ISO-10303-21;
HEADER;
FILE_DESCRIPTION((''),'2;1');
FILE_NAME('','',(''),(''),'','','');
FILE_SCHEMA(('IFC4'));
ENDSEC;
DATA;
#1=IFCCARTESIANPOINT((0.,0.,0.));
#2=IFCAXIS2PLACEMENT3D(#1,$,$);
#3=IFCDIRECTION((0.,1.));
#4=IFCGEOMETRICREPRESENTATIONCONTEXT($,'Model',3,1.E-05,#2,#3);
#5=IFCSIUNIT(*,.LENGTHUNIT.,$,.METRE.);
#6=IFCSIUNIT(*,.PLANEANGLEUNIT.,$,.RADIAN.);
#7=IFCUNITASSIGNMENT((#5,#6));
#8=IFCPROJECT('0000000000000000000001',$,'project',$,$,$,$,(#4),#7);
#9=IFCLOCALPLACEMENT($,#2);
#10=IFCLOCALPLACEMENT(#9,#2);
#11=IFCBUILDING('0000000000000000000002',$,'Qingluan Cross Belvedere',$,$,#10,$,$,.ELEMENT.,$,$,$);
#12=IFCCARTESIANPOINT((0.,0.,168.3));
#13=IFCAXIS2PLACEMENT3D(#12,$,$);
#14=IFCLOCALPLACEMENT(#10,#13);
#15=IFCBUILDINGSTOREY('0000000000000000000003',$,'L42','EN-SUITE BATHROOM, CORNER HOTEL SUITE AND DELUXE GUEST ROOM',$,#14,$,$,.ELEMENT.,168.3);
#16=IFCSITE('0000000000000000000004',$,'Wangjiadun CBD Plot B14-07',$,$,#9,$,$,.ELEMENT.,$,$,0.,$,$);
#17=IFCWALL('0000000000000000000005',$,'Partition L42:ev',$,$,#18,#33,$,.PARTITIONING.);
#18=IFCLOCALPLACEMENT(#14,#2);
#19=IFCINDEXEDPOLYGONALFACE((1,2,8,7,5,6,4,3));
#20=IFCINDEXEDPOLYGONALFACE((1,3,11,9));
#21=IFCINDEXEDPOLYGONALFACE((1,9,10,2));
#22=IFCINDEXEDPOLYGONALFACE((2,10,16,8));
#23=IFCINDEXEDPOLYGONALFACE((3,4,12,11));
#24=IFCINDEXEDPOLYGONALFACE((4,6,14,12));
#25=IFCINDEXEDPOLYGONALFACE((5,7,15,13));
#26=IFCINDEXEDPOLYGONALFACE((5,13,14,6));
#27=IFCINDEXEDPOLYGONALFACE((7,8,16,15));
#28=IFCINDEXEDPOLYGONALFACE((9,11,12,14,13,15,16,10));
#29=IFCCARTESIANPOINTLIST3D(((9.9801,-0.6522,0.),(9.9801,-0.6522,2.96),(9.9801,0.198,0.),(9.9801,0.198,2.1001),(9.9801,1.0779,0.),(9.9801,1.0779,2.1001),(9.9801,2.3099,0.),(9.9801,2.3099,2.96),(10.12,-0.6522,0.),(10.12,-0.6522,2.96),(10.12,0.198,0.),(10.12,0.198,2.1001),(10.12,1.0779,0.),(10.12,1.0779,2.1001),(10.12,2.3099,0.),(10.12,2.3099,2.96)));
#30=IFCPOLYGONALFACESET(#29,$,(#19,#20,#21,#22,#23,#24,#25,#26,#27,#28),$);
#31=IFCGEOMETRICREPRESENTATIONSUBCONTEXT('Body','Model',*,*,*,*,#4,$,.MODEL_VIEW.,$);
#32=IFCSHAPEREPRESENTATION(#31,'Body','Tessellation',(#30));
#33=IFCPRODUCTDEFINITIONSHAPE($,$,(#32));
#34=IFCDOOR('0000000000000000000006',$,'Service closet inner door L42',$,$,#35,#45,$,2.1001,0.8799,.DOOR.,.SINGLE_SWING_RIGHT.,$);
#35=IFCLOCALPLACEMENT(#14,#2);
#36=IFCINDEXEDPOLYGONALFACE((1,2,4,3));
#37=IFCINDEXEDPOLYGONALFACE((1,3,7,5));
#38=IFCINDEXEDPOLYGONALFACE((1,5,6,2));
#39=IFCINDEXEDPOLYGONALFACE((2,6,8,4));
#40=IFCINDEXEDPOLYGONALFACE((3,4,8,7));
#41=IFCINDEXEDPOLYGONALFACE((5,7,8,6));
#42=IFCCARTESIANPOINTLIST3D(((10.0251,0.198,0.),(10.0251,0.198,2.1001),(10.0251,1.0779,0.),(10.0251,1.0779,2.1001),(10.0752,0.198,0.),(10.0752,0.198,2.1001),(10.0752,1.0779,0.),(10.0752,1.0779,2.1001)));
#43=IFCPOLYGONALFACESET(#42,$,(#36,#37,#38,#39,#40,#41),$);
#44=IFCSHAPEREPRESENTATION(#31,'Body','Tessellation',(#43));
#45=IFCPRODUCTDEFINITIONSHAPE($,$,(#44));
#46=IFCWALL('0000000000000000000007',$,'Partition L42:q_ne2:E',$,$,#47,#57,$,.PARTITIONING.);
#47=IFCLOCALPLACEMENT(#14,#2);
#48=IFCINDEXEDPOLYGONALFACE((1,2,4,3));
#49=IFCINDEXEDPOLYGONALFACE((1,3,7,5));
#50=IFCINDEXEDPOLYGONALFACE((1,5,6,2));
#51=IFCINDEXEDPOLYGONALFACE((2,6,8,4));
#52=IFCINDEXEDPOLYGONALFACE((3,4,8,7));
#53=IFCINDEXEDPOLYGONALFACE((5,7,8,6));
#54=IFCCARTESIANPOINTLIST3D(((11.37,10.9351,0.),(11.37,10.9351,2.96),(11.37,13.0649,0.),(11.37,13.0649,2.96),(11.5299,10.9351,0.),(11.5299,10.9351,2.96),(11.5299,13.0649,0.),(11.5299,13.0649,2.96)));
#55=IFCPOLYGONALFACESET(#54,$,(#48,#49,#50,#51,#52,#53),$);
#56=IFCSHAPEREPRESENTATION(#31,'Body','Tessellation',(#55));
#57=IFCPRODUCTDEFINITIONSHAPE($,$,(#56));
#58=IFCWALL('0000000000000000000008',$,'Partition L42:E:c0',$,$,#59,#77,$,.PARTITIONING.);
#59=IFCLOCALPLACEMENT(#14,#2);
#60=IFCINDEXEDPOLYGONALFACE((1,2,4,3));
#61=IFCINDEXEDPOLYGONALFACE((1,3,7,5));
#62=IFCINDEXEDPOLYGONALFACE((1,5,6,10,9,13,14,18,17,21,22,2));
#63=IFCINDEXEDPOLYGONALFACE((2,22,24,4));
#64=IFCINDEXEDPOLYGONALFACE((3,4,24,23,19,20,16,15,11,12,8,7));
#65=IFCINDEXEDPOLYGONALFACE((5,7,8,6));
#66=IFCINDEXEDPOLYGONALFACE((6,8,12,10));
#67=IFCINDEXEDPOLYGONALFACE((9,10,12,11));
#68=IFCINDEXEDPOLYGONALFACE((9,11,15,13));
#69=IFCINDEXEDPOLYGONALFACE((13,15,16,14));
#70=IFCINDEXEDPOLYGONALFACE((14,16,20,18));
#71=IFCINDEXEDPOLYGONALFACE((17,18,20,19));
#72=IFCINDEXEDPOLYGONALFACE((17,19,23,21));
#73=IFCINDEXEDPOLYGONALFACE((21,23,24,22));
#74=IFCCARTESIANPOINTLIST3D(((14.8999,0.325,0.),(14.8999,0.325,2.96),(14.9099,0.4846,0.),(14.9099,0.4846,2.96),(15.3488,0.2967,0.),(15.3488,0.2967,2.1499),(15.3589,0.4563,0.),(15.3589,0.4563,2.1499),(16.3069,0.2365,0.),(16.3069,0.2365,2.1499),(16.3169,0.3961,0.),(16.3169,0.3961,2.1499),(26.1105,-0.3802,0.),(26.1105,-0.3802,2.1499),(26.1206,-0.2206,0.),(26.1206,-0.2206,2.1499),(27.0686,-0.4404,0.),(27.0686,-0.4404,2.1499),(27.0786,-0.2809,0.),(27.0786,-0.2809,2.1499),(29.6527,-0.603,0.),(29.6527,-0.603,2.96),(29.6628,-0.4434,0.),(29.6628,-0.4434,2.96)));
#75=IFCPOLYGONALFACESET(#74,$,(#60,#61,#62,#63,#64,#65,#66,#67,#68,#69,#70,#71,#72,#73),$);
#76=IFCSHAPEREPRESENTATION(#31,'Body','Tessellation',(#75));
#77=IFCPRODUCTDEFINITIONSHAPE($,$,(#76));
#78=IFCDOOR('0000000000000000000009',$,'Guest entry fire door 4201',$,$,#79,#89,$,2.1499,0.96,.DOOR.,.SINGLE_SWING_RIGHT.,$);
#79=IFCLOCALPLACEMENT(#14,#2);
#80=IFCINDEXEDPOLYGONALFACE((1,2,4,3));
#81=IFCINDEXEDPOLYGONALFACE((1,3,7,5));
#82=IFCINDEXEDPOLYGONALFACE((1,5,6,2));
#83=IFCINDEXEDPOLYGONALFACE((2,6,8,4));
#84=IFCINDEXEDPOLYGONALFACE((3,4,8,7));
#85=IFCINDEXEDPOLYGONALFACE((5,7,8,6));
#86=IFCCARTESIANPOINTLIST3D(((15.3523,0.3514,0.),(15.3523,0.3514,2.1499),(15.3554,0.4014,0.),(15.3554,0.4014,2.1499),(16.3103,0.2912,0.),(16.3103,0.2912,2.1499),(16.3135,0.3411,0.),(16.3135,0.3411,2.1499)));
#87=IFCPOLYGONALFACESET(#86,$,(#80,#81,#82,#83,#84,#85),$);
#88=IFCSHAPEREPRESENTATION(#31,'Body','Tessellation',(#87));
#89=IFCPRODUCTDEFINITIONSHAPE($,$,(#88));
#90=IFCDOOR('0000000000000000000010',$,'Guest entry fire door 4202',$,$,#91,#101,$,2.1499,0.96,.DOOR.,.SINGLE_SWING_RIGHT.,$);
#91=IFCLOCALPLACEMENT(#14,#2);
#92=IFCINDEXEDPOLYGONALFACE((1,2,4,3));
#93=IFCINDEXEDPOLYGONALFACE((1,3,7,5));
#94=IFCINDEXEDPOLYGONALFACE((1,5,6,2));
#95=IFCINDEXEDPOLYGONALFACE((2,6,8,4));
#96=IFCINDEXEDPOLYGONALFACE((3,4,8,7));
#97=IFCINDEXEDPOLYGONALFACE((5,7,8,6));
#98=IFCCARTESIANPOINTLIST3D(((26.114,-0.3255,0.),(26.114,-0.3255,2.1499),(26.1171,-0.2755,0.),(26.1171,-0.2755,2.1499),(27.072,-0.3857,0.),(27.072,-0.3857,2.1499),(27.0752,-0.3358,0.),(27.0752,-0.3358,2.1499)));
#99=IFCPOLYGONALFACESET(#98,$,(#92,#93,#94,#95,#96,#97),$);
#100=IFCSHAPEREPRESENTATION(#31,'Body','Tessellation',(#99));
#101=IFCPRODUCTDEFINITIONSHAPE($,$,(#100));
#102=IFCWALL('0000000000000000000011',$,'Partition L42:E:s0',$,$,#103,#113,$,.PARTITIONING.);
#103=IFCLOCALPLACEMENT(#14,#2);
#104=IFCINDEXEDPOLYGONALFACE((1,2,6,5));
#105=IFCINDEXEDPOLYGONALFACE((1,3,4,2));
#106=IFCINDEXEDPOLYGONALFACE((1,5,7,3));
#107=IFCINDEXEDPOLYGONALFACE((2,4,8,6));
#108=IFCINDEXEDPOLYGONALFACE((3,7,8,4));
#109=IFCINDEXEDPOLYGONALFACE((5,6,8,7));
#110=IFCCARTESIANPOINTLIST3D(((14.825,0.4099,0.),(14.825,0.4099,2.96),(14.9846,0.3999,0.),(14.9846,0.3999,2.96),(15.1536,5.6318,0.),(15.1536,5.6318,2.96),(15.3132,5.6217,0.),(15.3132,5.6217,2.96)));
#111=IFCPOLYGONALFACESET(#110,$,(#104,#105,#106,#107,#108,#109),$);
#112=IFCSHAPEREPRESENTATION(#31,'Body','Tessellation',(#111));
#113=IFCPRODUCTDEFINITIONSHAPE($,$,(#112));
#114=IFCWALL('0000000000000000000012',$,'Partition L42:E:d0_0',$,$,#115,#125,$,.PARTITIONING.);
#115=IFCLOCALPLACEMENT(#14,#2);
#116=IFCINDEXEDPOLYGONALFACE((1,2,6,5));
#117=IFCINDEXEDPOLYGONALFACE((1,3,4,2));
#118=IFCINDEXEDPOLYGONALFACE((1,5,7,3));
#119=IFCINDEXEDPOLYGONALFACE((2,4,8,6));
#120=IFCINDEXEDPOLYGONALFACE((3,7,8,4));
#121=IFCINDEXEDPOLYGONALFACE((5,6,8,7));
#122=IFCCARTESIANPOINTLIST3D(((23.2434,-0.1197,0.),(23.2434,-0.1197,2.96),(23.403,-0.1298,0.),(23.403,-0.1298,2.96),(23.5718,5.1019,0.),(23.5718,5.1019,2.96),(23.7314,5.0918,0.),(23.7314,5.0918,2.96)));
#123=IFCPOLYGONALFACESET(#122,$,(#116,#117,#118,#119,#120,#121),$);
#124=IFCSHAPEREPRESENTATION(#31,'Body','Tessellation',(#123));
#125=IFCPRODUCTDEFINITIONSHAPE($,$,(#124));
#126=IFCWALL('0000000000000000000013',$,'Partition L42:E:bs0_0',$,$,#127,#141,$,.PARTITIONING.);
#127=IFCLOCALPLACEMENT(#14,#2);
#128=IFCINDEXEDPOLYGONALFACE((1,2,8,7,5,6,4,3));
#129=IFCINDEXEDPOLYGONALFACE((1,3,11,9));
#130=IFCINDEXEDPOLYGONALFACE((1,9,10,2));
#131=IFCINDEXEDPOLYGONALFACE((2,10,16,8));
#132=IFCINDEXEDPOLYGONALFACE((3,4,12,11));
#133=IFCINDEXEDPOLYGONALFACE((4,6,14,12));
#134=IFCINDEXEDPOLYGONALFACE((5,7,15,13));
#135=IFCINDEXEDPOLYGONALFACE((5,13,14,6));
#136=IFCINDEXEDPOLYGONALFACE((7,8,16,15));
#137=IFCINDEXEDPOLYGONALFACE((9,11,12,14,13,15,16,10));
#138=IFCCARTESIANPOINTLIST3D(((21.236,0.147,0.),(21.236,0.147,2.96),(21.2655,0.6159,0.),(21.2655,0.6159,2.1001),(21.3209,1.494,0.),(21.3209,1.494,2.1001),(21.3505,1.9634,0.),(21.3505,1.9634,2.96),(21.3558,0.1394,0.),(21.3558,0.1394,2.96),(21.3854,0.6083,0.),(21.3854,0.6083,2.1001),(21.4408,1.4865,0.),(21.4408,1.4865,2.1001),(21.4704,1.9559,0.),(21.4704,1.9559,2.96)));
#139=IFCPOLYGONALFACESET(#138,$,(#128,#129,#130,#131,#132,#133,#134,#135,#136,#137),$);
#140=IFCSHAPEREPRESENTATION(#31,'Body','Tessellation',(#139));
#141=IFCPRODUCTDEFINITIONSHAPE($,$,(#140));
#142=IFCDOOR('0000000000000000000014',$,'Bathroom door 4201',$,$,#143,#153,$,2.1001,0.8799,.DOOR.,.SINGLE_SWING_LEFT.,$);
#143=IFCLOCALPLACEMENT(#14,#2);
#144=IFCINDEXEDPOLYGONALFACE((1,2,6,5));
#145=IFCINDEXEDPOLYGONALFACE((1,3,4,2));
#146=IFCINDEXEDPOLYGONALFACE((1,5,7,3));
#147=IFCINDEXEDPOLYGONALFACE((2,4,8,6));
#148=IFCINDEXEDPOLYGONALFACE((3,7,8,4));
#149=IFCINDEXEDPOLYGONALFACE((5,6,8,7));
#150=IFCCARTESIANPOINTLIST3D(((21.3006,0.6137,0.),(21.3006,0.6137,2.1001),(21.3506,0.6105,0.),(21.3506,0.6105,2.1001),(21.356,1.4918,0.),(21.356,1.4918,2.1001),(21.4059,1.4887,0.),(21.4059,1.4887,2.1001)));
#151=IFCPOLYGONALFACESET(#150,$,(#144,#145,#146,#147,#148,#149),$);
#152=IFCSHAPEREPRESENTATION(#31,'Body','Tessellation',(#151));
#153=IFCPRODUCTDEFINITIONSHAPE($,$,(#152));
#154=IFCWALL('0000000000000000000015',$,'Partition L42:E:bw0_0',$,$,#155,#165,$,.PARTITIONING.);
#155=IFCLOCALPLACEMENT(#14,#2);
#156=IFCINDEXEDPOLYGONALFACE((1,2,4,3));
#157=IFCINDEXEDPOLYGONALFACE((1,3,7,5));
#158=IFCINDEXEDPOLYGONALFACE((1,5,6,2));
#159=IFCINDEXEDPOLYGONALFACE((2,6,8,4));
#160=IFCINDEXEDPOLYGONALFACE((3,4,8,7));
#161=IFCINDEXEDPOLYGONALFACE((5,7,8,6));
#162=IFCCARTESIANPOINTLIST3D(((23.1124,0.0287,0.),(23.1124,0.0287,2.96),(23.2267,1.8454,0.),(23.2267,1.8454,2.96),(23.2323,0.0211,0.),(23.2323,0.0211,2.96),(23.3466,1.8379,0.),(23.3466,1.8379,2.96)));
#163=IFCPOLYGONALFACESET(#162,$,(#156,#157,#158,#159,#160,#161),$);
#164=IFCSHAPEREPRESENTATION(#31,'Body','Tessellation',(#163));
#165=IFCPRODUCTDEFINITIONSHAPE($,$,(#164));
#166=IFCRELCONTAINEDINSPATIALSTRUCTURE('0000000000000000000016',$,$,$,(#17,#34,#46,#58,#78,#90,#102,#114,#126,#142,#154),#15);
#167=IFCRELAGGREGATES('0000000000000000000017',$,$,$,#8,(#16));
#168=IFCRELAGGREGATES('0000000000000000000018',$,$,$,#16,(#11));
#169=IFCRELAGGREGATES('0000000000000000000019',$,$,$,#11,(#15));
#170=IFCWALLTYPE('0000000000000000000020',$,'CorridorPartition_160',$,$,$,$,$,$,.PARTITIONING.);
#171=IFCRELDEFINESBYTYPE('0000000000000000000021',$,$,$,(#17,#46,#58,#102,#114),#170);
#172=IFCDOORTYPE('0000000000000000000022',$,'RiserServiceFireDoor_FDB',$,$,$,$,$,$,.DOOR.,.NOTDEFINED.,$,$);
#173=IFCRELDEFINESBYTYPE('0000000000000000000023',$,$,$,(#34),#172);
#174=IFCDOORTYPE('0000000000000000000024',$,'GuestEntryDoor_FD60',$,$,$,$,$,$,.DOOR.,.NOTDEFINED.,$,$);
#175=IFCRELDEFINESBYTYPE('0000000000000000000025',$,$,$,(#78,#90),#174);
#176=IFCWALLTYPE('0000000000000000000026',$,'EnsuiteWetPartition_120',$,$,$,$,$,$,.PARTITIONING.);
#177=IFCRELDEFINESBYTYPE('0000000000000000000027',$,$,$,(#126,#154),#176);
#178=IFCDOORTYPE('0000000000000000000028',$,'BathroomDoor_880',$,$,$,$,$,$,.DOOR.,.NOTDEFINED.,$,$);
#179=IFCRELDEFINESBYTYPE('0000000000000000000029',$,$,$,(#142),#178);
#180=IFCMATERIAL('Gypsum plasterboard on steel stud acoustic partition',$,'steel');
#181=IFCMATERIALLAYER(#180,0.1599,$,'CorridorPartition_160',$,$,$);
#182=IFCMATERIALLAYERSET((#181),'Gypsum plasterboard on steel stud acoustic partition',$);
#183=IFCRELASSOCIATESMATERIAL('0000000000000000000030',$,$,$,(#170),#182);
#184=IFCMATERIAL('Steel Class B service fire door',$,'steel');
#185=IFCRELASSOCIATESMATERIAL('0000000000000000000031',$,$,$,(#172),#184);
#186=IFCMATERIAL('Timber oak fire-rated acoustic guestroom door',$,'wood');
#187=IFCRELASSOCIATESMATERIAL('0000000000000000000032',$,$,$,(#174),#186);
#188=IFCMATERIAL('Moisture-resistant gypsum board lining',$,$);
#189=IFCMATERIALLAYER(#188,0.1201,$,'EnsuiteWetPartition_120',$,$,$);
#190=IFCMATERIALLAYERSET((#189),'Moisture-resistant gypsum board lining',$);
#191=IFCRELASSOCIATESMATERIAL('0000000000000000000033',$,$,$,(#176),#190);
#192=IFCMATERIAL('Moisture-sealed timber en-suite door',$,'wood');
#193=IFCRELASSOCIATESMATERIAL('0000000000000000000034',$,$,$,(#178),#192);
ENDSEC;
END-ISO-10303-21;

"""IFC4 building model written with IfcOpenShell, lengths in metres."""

from ifc_helpers import new_model, si_unit, direction, frame, frame_2d, origin, place, context, subcontext, project, spatial, rectangle, extrude, material, layer, layer_set, type_object, element, fill, save


model = new_model("IFC4")

# Units and contexts
model_context = context("Model", 3, precision=1e-05, world=origin(), true_north=direction((0.0, 1.0)))
body_context = subcontext(model_context, "Body", "Model", "MODEL_VIEW")
ifc_project = project(units=[si_unit("LENGTHUNIT", "METRE"), si_unit("PLANEANGLEUNIT", "RADIAN")], contexts=[model_context])

# Site, building, storey
site_placement = place(None, origin())
site = spatial("IfcSite", under=ifc_project, at=site_placement, Name="Wangjiadun CBD Plot B14-07", CompositionType="ELEMENT", RefElevation=0.0)
building_placement = place(site_placement, origin())
building = spatial("IfcBuilding", under=site, at=building_placement, Name="Qingluan Cross Belvedere", CompositionType="ELEMENT")
storey_placement = place(building_placement, frame((0.0, 0.0, 168.3)))
storey = spatial("IfcBuildingStorey", under=building, at=storey_placement, Name="L42", Description="EN-SUITE BATHROOM, CORNER HOTEL SUITE AND DELUXE GUEST ROOM", CompositionType="ELEMENT", Elevation=168.3)

# Wall, opening, door
ifc_material_1 = material(Name="Gypsum plasterboard on steel stud acoustic partition", Category="steel")
ifc_layer_1 = layer(ifc_material_1, 0.1599, Name="CorridorPartition_160")
ifc_layer_set_1 = layer_set([ifc_layer_1], Name="Gypsum plasterboard on steel stud acoustic partition")
wall_type_1 = type_object("IfcWallType", Name="CorridorPartition_160", PredefinedType="PARTITIONING", material=ifc_layer_set_1)
wall_1_placement = place(storey_placement, frame((10.05, -0.6521, 0.0), z_axis=(0.0, 0.0, 1.0), x_axis=(0.0, 1.0, 0.0)))
wall_1 = element("IfcWall", 1, at=wall_1_placement, inside=storey, type_object=wall_type_1, Name="Partition L42:ev", PredefinedType="PARTITIONING", context=body_context, shape_type="SweptSolid", body=[
    extrude(rectangle(XDim=2.9622, YDim=0.1399, at=frame_2d((1.481, 0.0))), origin(), (0.0, 0.0, 1.0), 2.96),
])
opening_1_placement = place(wall_1_placement, frame((0.8501, 0.0, 0.0)))
opening_1 = element("IfcOpeningElement", 2, at=opening_1_placement, cuts=wall_1, PredefinedType="OPENING", context=body_context, shape_type="SweptSolid", body=[
    extrude(rectangle(XDim=0.8799, YDim=2.1001, at=frame_2d((0.4399, 1.05))), frame((0.0, 0.0798, 0.0), z_axis=(0.0, -1.0, 0.0), x_axis=(1.0, 0.0, 0.0)), (0.0, 0.0, 1.0), 0.1599),
])
ifc_material_2 = material(Name="Steel Class B service fire door", Category="steel")
door_type_1 = type_object("IfcDoorType", Name="RiserServiceFireDoor_FDB", OperationType="NOTDEFINED", PredefinedType="DOOR", material=ifc_material_2)
door_1_placement = place(opening_1_placement, origin())
door_1 = element("IfcDoor", 3, at=door_1_placement, inside=storey, type_object=door_type_1, Name="Service closet inner door L42", OperationType="SINGLE_SWING_RIGHT", OverallHeight=2.1001, OverallWidth=0.8799, PredefinedType="DOOR", context=body_context, shape_type="SweptSolid", body=[
    extrude(rectangle(XDim=0.8799, YDim=2.1001, at=frame_2d((0.4399, 1.05))), frame((0.0, 0.0249, 0.0), z_axis=(0.0, -1.0, 0.0), x_axis=(1.0, 0.0, 0.0)), (0.0, 0.0, 1.0), 0.05),
])
fill(opening_1, door_1)

# Wall
wall_2_placement = place(storey_placement, frame((11.45, 10.9351, 0.0), z_axis=(0.0, 0.0, 1.0), x_axis=(0.0, 1.0, 0.0)))
element("IfcWall", 4, at=wall_2_placement, inside=storey, type_object=wall_type_1, Name="Partition L42:q_ne2:E", PredefinedType="PARTITIONING", context=body_context, shape_type="SweptSolid", body=[
    extrude(rectangle(XDim=2.1299, YDim=0.1599, at=frame_2d((1.0649, 0.0))), origin(), (0.0, 0.0, 1.0), 2.96),
])

# Wall, openings, doors
wall_3_placement = place(storey_placement, frame((14.9048, 0.4048, 0.0), z_axis=(0.0, 0.0, 1.0), x_axis=(0.998028, -0.062777, 0.0)))
wall_3 = element("IfcWall", 5, at=wall_3_placement, inside=storey, type_object=wall_type_1, Name="Partition L42:E:c0", PredefinedType="PARTITIONING", context=body_context, shape_type="SweptSolid", body=[
    extrude(rectangle(XDim=14.782, YDim=0.1599, at=frame_2d((7.3911, 0.0))), origin(), (0.0, 0.0, 1.0), 2.96),
])
opening_2_placement = place(wall_3_placement, frame((0.45, 0.0, 0.0)))
opening_2 = element("IfcOpeningElement", 6, at=opening_2_placement, cuts=wall_3, PredefinedType="OPENING", context=body_context, shape_type="SweptSolid", body=[
    extrude(rectangle(XDim=0.96, YDim=2.1499, at=frame_2d((0.48, 1.075))), frame((0.0, 0.0898, 0.0), z_axis=(0.0, -1.0, 0.0), x_axis=(1.0, 0.0, 0.0)), (0.0, 0.0, 1.0), 0.1799),
])
opening_3_placement = place(wall_3_placement, frame((11.2329, 0.0, 0.0)))
opening_3 = element("IfcOpeningElement", 7, at=opening_3_placement, cuts=wall_3, PredefinedType="OPENING", context=body_context, shape_type="SweptSolid", body=[
    extrude(rectangle(XDim=0.96, YDim=2.1499, at=frame_2d((0.48, 1.075))), frame((0.0, 0.0898, 0.0), z_axis=(0.0, -1.0, 0.0), x_axis=(1.0, 0.0, 0.0)), (0.0, 0.0, 1.0), 0.1799),
])
ifc_material_3 = material(Name="Timber oak fire-rated acoustic guestroom door", Category="wood")
door_type_2 = type_object("IfcDoorType", Name="GuestEntryDoor_FD60", OperationType="NOTDEFINED", PredefinedType="DOOR", material=ifc_material_3)
door_2_placement = place(opening_2_placement, origin())
door_2 = element("IfcDoor", 8, at=door_2_placement, inside=storey, type_object=door_type_2, Name="Guest entry fire door 4201", OperationType="SINGLE_SWING_RIGHT", OverallHeight=2.1499, OverallWidth=0.96, PredefinedType="DOOR", context=body_context, shape_type="SweptSolid", body=[
    extrude(rectangle(XDim=0.96, YDim=2.1499, at=frame_2d((0.48, 1.075))), frame((0.0, 0.0249, 0.0), z_axis=(0.0, -1.0, 0.0), x_axis=(1.0, 0.0, 0.0)), (0.0, 0.0, 1.0), 0.05),
])
fill(opening_2, door_2)
door_3_placement = place(opening_3_placement, origin())
door_3 = element("IfcDoor", 9, at=door_3_placement, inside=storey, type_object=door_type_2, Name="Guest entry fire door 4202", OperationType="SINGLE_SWING_RIGHT", OverallHeight=2.1499, OverallWidth=0.96, PredefinedType="DOOR", context=body_context, shape_type="SweptSolid", body=[
    extrude(rectangle(XDim=0.96, YDim=2.1499, at=frame_2d((0.48, 1.075))), frame((0.0, 0.0249, 0.0), z_axis=(0.0, -1.0, 0.0), x_axis=(1.0, 0.0, 0.0)), (0.0, 0.0, 1.0), 0.05),
])
fill(opening_3, door_3)

# Walls
wall_4_placement = place(storey_placement, frame((14.9048, 0.4048, 0.0), z_axis=(0.0, 0.0, 1.0), x_axis=(0.062805, 0.998026, 0.0)))
element("IfcWall", 10, at=wall_4_placement, inside=storey, type_object=wall_type_1, Name="Partition L42:E:s0", PredefinedType="PARTITIONING", context=body_context, shape_type="SweptSolid", body=[
    extrude(rectangle(XDim=5.2322, YDim=0.1599, at=frame_2d((2.6162, 0.0))), origin(), (0.0, 0.0, 1.0), 2.96),
])
wall_5_placement = place(storey_placement, frame((23.3232, -0.1248, 0.0), z_axis=(0.0, 0.0, 1.0), x_axis=(0.062762, 0.998029, 0.0)))
element("IfcWall", 11, at=wall_5_placement, inside=storey, type_object=wall_type_1, Name="Partition L42:E:d0_0", PredefinedType="PARTITIONING", context=body_context, shape_type="SweptSolid", body=[
    extrude(rectangle(XDim=5.2319, YDim=0.1599, at=frame_2d((2.616, 0.0))), origin(), (0.0, 0.0, 1.0), 2.96),
])

# Wall, opening, door
ifc_material_4 = material(Name="Moisture-resistant gypsum board lining")
ifc_layer_2 = layer(ifc_material_4, 0.1201, Name="EnsuiteWetPartition_120")
ifc_layer_set_2 = layer_set([ifc_layer_2], Name="Moisture-resistant gypsum board lining")
wall_type_2 = type_object("IfcWallType", Name="EnsuiteWetPartition_120", PredefinedType="PARTITIONING", material=ifc_layer_set_2)
wall_6_placement = place(storey_placement, frame((21.2959, 0.1431, 0.0), z_axis=(0.0, 0.0, 1.0), x_axis=(0.062913, 0.998019, 0.0)))
wall_6 = element("IfcWall", 12, at=wall_6_placement, inside=storey, type_object=wall_type_2, Name="Partition L42:E:bs0_0", PredefinedType="PARTITIONING", context=body_context, shape_type="SweptSolid", body=[
    extrude(rectangle(XDim=1.8201, YDim=0.1201, at=frame_2d((0.9102, 0.0))), origin(), (0.0, 0.0, 1.0), 2.96),
])
opening_4_placement = place(wall_6_placement, frame((0.47, 0.0, 0.0)))
opening_4 = element("IfcOpeningElement", 13, at=opening_4_placement, cuts=wall_6, PredefinedType="OPENING", context=body_context, shape_type="SweptSolid", body=[
    extrude(rectangle(XDim=0.8799, YDim=2.1001, at=frame_2d((0.4399, 1.05))), frame((0.0, 0.0701, 0.0), z_axis=(0.0, -1.0, 0.0), x_axis=(1.0, 0.0, 0.0)), (0.0, 0.0, 1.0), 0.1401),
])
ifc_material_5 = material(Name="Moisture-sealed timber en-suite door", Category="wood")
door_type_3 = type_object("IfcDoorType", Name="BathroomDoor_880", OperationType="NOTDEFINED", PredefinedType="DOOR", material=ifc_material_5)
door_4_placement = place(opening_4_placement, origin())
door_4 = element("IfcDoor", 14, at=door_4_placement, inside=storey, type_object=door_type_3, Name="Bathroom door 4201", OperationType="SINGLE_SWING_LEFT", OverallHeight=2.1001, OverallWidth=0.8799, PredefinedType="DOOR", context=body_context, shape_type="SweptSolid", body=[
    extrude(rectangle(XDim=0.8799, YDim=2.1001, at=frame_2d((0.4399, 1.05))), frame((0.0, 0.0249, 0.0), z_axis=(0.0, -1.0, 0.0), x_axis=(1.0, 0.0, 0.0)), (0.0, 0.0, 1.0), 0.05),
])
fill(opening_4, door_4)

# Wall
wall_7_placement = place(storey_placement, frame((23.1724, 0.0249, 0.0), z_axis=(0.0, 0.0, 1.0), x_axis=(0.062771, 0.998028, 0.0)))
element("IfcWall", 15, at=wall_7_placement, inside=storey, type_object=wall_type_2, Name="Partition L42:E:bw0_0", PredefinedType="PARTITIONING", context=body_context, shape_type="SweptSolid", body=[
    extrude(rectangle(XDim=1.8203, YDim=0.1201, at=frame_2d((0.9102, 0.0))), origin(), (0.0, 0.0, 1.0), 2.96),
])

save(model, "model.ifc")
